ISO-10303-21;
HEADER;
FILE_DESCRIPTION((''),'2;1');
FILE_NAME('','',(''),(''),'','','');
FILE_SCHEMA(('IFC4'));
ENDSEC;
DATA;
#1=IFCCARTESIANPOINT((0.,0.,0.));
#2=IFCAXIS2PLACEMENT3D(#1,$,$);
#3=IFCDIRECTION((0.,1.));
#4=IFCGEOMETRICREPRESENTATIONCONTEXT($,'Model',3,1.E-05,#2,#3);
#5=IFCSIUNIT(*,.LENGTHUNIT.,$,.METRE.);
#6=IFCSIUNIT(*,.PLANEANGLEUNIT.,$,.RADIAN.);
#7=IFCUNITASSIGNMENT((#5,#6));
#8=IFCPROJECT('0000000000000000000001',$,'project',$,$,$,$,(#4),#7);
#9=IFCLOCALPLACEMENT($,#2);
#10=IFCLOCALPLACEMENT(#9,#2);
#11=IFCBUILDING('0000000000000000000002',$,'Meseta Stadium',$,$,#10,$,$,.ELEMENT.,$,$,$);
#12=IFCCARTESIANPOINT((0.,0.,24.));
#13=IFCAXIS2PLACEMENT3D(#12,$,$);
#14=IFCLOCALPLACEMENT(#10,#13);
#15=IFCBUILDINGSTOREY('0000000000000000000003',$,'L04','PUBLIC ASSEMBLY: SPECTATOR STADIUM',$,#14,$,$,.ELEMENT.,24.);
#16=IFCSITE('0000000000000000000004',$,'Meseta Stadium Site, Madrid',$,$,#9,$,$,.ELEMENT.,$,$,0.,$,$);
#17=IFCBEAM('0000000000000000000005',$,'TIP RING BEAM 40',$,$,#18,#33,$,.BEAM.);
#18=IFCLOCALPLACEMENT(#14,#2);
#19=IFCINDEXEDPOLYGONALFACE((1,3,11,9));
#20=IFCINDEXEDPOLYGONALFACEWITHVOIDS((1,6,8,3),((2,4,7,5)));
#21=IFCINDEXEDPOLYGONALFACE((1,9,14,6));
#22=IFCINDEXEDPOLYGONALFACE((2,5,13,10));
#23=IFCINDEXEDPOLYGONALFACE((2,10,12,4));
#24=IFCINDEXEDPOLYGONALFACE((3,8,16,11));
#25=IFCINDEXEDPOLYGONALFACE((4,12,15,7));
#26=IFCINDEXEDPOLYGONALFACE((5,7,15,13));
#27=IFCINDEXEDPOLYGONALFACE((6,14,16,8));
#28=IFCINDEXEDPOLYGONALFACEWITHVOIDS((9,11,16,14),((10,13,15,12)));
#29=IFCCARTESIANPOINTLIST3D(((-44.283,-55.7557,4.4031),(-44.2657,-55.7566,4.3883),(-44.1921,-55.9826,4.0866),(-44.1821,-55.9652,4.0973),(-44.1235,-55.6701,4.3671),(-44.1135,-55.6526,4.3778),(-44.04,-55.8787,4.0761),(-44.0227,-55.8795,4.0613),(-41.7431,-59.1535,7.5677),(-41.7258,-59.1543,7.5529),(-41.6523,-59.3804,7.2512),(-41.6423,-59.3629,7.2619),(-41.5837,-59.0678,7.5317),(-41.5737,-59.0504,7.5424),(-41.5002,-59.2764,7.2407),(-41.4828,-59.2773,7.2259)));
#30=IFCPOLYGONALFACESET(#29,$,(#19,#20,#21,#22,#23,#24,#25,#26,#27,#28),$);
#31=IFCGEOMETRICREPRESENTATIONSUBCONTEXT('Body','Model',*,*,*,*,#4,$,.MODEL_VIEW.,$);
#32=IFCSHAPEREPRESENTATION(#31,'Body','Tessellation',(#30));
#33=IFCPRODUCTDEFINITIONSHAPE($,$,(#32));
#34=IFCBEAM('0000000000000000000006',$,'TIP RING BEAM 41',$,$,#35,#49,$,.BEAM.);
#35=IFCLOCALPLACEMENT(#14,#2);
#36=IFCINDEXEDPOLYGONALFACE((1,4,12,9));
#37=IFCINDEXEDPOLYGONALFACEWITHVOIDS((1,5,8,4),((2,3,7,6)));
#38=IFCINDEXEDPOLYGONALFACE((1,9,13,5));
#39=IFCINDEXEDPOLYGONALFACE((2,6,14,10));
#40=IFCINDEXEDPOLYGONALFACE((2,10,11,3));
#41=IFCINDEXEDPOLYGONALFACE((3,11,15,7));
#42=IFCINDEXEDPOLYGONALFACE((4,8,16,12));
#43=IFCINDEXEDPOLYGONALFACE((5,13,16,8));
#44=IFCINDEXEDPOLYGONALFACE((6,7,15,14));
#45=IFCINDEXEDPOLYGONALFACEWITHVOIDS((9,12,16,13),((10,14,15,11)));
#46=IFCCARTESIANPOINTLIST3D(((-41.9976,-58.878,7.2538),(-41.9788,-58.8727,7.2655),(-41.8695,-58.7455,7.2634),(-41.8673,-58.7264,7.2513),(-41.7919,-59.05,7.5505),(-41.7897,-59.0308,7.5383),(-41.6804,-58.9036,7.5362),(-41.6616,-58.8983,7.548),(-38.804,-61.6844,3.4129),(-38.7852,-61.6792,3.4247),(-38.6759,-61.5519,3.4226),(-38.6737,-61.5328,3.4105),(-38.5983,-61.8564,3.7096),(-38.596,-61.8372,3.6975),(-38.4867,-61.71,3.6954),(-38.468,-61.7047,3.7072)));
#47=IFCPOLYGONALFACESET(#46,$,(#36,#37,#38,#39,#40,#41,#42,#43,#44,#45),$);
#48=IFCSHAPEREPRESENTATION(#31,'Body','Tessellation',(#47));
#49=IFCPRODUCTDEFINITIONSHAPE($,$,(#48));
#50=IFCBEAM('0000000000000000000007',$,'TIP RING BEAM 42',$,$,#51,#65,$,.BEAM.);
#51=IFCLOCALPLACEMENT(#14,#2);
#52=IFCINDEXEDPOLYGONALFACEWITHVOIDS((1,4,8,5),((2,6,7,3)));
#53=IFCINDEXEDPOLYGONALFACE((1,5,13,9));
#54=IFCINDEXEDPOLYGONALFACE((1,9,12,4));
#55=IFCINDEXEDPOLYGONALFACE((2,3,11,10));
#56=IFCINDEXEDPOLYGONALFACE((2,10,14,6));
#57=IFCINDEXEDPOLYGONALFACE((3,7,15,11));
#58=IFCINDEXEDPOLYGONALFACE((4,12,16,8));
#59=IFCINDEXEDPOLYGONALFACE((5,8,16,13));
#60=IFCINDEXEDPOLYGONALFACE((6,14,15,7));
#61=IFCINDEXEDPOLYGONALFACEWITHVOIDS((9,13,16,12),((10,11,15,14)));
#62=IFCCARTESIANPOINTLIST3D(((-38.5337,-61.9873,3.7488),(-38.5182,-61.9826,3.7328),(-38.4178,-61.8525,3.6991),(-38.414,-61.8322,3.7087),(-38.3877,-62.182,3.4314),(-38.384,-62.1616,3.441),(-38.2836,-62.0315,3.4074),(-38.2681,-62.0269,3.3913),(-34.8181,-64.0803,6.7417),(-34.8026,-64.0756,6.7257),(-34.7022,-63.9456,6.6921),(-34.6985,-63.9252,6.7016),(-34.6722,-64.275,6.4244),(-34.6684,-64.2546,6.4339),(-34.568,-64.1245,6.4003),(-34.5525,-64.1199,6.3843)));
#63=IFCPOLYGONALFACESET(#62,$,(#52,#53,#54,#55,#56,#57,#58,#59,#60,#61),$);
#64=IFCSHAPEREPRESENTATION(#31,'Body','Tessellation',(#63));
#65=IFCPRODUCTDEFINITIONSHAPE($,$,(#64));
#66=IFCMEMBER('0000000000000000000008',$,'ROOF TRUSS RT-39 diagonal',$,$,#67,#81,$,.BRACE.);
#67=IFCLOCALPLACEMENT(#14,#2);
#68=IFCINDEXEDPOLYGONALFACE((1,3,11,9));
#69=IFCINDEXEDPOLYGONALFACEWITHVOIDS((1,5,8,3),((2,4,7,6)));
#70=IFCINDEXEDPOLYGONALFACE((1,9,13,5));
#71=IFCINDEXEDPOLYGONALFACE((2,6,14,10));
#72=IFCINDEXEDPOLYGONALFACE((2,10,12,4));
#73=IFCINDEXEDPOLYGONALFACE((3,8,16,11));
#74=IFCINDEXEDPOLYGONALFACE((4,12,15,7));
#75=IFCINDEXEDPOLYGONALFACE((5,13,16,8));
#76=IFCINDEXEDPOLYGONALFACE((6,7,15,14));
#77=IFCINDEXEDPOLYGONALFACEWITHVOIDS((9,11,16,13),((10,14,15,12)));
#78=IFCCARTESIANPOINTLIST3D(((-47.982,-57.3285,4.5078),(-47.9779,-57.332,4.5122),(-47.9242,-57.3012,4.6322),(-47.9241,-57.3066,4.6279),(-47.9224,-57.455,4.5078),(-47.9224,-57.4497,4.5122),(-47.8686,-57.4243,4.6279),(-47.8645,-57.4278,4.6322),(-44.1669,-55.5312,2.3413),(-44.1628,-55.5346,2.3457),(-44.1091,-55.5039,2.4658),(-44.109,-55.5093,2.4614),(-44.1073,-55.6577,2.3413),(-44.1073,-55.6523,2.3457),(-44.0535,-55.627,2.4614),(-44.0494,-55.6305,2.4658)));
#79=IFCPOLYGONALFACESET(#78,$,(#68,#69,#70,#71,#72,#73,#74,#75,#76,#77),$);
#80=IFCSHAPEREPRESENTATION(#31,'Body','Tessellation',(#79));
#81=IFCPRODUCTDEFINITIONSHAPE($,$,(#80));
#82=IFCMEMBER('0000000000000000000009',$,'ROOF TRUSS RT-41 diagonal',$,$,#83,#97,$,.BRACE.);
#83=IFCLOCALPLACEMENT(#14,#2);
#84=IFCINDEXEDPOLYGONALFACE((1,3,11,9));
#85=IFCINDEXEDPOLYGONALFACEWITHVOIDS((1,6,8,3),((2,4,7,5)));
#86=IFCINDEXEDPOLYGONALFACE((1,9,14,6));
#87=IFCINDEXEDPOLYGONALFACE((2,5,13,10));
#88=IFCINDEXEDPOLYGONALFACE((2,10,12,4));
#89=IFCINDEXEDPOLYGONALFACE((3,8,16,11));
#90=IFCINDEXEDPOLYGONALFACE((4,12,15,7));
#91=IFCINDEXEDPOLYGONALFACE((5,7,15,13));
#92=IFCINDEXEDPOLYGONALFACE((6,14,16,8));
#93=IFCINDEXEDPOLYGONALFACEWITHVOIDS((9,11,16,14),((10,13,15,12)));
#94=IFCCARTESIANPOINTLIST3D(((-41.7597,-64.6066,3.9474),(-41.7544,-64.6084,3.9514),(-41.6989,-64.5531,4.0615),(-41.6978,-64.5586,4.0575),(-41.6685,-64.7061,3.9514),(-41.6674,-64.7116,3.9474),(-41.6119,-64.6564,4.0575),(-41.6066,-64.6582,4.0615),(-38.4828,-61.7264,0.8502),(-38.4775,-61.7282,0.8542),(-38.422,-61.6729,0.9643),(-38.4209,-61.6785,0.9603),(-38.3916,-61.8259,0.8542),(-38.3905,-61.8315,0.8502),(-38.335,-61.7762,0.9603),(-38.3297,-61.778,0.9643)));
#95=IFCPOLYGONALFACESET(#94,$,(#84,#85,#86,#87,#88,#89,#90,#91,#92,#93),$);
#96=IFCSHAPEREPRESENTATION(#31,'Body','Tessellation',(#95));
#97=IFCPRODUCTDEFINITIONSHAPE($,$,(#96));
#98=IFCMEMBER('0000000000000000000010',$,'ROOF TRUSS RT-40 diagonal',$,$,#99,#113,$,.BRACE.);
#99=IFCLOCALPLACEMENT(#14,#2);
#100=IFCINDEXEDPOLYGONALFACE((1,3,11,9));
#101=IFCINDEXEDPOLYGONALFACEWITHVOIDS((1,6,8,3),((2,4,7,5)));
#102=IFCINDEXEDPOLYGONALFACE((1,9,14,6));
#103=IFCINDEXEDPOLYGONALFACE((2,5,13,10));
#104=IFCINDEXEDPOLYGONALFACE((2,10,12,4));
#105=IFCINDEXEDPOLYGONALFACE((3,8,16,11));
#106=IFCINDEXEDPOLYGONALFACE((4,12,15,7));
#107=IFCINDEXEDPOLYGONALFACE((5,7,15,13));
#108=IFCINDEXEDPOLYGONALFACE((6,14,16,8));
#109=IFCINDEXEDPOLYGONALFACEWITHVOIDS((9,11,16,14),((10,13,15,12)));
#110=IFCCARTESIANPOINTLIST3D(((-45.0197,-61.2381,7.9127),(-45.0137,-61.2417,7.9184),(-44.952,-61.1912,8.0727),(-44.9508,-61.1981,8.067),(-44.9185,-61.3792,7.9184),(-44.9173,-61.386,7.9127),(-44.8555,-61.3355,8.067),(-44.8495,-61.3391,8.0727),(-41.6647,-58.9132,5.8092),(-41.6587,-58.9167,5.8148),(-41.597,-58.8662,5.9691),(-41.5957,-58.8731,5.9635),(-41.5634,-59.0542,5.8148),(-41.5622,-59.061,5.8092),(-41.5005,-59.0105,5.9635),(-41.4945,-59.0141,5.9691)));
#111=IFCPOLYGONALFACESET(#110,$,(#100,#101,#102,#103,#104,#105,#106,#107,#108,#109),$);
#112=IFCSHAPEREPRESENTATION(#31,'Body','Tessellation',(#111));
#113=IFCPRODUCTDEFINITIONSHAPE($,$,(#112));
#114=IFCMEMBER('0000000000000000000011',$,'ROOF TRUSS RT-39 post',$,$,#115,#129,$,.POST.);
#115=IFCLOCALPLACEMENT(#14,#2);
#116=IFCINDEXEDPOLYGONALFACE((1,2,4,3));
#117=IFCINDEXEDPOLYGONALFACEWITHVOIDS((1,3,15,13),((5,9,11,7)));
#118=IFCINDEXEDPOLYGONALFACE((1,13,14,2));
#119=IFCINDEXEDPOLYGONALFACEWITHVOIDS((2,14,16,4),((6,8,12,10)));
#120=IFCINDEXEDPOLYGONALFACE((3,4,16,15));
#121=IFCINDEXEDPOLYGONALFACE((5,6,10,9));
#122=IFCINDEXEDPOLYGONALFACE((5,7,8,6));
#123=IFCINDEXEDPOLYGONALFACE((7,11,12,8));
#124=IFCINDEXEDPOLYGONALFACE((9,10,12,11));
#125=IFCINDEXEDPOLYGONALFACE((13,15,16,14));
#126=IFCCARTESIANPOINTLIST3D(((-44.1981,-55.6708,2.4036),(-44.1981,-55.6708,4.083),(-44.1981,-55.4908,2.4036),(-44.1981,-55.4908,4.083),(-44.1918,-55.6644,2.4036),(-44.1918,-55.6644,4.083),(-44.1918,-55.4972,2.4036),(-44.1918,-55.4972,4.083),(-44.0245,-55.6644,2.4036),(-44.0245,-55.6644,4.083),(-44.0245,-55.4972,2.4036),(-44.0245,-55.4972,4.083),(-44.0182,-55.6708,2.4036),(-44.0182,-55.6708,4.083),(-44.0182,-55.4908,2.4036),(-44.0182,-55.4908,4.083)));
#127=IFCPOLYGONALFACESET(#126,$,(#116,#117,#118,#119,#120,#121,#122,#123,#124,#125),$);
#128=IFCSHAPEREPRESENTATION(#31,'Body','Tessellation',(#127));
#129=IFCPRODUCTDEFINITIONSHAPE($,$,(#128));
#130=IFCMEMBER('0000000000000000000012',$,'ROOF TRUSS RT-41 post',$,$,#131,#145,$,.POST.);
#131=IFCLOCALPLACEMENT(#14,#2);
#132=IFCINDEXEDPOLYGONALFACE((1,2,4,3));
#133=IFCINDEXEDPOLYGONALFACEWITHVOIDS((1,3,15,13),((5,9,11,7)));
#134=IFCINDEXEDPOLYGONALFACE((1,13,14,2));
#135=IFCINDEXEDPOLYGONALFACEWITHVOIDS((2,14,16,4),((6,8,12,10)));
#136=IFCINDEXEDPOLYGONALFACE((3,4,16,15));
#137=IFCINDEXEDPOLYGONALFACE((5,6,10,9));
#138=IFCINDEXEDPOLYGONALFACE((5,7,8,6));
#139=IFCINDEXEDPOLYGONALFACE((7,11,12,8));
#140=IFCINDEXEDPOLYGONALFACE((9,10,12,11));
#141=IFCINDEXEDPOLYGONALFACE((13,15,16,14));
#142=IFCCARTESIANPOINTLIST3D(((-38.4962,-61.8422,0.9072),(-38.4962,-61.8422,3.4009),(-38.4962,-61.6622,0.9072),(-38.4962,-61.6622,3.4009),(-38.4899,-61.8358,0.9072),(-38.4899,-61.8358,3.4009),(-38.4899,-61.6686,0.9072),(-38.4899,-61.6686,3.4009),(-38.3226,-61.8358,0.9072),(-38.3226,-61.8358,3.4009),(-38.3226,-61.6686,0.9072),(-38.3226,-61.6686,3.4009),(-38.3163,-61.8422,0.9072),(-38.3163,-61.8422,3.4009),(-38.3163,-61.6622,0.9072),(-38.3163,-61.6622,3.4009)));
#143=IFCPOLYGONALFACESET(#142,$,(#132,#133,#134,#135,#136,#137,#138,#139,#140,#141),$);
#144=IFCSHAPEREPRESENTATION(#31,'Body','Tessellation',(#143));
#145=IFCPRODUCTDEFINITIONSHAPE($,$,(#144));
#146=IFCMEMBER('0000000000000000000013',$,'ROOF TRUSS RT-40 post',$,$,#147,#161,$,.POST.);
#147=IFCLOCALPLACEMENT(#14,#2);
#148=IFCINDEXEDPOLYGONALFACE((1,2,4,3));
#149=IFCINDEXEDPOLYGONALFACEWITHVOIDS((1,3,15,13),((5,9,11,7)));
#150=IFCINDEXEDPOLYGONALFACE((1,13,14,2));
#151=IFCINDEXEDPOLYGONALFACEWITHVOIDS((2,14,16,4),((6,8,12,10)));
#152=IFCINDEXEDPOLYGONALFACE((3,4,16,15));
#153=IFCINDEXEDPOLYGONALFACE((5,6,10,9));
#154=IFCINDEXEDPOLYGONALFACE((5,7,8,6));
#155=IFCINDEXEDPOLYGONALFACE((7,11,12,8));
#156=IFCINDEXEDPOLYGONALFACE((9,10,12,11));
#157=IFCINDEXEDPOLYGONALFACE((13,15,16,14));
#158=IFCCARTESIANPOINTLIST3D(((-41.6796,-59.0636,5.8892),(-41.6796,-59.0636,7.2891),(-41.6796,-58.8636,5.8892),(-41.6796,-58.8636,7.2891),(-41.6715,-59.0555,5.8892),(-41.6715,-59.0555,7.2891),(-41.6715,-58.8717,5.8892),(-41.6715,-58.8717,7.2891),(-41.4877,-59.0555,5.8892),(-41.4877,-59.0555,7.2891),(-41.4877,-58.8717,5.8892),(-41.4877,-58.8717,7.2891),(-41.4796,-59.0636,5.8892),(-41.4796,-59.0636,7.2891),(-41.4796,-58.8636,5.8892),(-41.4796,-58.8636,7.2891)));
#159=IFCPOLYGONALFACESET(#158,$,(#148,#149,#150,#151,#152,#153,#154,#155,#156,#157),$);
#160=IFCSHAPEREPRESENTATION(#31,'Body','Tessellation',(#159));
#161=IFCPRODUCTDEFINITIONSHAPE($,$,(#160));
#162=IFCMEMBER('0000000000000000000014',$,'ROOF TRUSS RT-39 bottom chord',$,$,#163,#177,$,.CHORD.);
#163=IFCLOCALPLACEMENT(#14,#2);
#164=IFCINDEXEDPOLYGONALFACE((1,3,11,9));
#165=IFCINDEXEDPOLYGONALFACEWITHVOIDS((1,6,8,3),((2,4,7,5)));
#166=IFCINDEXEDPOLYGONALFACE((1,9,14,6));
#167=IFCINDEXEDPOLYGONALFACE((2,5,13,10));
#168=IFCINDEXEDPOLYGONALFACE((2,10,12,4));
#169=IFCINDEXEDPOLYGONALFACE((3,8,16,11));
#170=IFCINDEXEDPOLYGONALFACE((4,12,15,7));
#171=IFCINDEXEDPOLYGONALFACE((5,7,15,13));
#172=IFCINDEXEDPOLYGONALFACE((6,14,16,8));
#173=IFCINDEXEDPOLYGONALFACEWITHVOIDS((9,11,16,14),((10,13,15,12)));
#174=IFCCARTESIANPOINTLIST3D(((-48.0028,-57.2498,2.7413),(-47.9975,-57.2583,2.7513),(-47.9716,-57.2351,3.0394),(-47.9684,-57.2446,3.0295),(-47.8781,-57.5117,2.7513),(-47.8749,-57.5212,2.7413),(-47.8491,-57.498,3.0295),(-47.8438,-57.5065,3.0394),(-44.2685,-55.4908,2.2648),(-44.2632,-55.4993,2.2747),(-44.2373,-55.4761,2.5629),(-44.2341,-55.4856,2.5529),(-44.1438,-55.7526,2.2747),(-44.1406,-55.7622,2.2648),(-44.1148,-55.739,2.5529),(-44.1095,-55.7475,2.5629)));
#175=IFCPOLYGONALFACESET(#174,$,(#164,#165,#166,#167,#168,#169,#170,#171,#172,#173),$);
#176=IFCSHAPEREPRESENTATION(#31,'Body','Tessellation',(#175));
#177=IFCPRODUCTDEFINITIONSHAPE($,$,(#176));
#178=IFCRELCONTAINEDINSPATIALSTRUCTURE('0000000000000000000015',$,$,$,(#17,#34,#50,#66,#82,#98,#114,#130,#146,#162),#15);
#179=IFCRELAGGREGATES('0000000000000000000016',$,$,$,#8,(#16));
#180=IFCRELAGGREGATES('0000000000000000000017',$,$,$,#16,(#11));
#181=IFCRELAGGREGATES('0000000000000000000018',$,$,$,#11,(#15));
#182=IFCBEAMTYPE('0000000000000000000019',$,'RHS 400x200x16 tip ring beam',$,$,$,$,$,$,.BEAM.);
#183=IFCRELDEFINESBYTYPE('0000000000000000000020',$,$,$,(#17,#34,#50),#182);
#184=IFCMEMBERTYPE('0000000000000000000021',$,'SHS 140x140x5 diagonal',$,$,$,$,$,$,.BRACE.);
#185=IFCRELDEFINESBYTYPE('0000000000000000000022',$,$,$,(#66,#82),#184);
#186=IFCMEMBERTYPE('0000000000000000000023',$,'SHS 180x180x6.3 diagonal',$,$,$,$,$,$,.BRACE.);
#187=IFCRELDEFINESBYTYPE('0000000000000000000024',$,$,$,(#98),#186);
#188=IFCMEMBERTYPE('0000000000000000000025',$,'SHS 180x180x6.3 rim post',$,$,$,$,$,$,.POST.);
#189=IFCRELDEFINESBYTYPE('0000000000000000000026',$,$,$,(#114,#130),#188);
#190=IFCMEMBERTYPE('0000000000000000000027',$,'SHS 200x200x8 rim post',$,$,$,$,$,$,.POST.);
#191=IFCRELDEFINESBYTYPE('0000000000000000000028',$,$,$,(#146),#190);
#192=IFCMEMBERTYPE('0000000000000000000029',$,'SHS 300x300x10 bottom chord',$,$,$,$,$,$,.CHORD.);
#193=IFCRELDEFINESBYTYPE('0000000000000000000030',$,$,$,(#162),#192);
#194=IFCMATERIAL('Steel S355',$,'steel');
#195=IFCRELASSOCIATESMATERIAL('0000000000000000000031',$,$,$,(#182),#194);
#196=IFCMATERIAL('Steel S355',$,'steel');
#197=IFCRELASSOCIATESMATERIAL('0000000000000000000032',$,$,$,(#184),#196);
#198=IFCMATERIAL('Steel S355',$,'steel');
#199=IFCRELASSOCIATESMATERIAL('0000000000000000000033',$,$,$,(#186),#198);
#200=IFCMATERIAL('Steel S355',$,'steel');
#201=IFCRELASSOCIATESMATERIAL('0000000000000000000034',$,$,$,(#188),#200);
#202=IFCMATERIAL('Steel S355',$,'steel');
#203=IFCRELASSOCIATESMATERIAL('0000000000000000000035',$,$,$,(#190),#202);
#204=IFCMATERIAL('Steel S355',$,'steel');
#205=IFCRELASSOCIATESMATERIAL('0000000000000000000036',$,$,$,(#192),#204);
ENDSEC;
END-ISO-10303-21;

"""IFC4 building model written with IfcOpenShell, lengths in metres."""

from ifc_helpers import new_model, si_unit, direction, frame, origin, origin_2d, place, context, subcontext, project, spatial, hollow_rectangle, extrude, material, material_profile, profile_set, type_object, element, save


model = new_model("IFC4")

# Units and contexts
model_context = context("Model", 3, precision=1e-05, world=origin(), true_north=direction((0.0, 1.0)))
body_context = subcontext(model_context, "Body", "Model", "MODEL_VIEW")
ifc_project = project(units=[si_unit("LENGTHUNIT", "METRE"), si_unit("PLANEANGLEUNIT", "RADIAN")], contexts=[model_context])

# Site, building, storey
site_placement = place(None, origin())
site = spatial("IfcSite", under=ifc_project, at=site_placement, Name="Meseta Stadium Site, Madrid", CompositionType="ELEMENT", RefElevation=0.0)
building_placement = place(site_placement, origin())
building = spatial("IfcBuilding", under=site, at=building_placement, Name="Meseta Stadium", CompositionType="ELEMENT")
storey_placement = place(building_placement, frame((0.0, 0.0, 24.0)))
storey = spatial("IfcBuildingStorey", under=building, at=storey_placement, Name="L04", Description="PUBLIC ASSEMBLY: SPECTATOR STADIUM", CompositionType="ELEMENT", Elevation=24.0)

# Beams
ifc_material_1 = material(Name="Steel S355", Category="steel")
ifc_material_profile_1 = material_profile(ifc_material_1, hollow_rectangle(XDim=0.2, YDim=0.3999, WallThickness=0.0161, at=origin_2d()), Name="RHS 400x200x16")
ifc_profile_set_1 = profile_set([ifc_material_profile_1], Name="Steel S355")
beam_type = type_object("IfcBeamType", Name="RHS 400x200x16 tip ring beam", PredefinedType="BEAM", material=ifc_profile_set_1)
beam_1_placement = place(storey_placement, frame((-44.1528, -55.8176, 4.2322), z_axis=(0.479896, -0.641999, 0.597944), x_axis=(0.847397, 0.515691, -0.126415)))
element("IfcBeam", 1, at=beam_1_placement, inside=storey, type_object=beam_type, Name="TIP RING BEAM 40", PredefinedType="BEAM", context=body_context, shape_type="SweptSolid", body=[
    extrude(hollow_rectangle(XDim=0.2, YDim=0.3999, WallThickness=0.0161, at=origin_2d()), origin(), (0.0, 0.0, 1.0), 5.2925),
])
beam_2_placement = place(storey_placement, frame((-41.8296, -58.8882, 7.4009), z_axis=(0.557399, -0.489818, -0.670362), x_axis=(0.651639, 0.758429, -0.012335)))
element("IfcBeam", 2, at=beam_2_placement, inside=storey, type_object=beam_type, Name="TIP RING BEAM 41", PredefinedType="BEAM", context=body_context, shape_type="SweptSolid", body=[
    extrude(hollow_rectangle(XDim=0.2, YDim=0.3999, WallThickness=0.0161, at=origin_2d()), origin(), (0.0, 0.0, 1.0), 5.7295),
])
beam_3_placement = place(storey_placement, frame((-38.4009, -62.0071, 3.5701), z_axis=(0.713166, -0.401733, 0.57446), x_axis=(0.59846, 0.77565, -0.200531)))
element("IfcBeam", 3, at=beam_3_placement, inside=storey, type_object=beam_type, Name="TIP RING BEAM 42", PredefinedType="BEAM", context=body_context, shape_type="SweptSolid", body=[
    extrude(hollow_rectangle(XDim=0.2, YDim=0.3999, WallThickness=0.0161, at=origin_2d()), origin(), (0.0, 0.0, 1.0), 5.21),
])

# Members
ifc_material_2 = material(Name="Steel S355", Category="steel")
ifc_material_profile_2 = material_profile(ifc_material_2, hollow_rectangle(XDim=0.1399, YDim=0.1399, WallThickness=0.0049, at=origin_2d()), Name="SHS 140x140x5")
ifc_profile_set_2 = profile_set([ifc_material_profile_2], Name="Steel S355")
member_type_1 = type_object("IfcMemberType", Name="SHS 140x140x5 diagonal", PredefinedType="BRACE", material=ifc_profile_set_2)
member_1_placement = place(storey_placement, frame((-44.1082, -55.5808, 2.4036), z_axis=(-0.804671, -0.379087, 0.456943), x_axis=(0.426182, -0.904638, 0.0)))
element("IfcMember", 4, at=member_1_placement, inside=storey, type_object=member_type_1, Name="ROOF TRUSS RT-39 diagonal", PredefinedType="BRACE", context=body_context, shape_type="SweptSolid", body=[
    extrude(hollow_rectangle(XDim=0.1399, YDim=0.1399, WallThickness=0.0049, at=origin_2d()), origin(), (0.0, 0.0, 1.0), 4.7412),
])
member_2_placement = place(storey_placement, frame((-38.4062, -61.7522, 0.9072), z_axis=(-0.612466, -0.538315, 0.578881), x_axis=(0.660175, -0.751112, 0.0)))
element("IfcMember", 5, at=member_2_placement, inside=storey, type_object=member_type_1, Name="ROOF TRUSS RT-41 diagonal", PredefinedType="BRACE", context=body_context, shape_type="SweptSolid", body=[
    extrude(hollow_rectangle(XDim=0.1399, YDim=0.1399, WallThickness=0.0049, at=origin_2d()), origin(), (0.0, 0.0, 1.0), 5.3503),
])
ifc_material_3 = material(Name="Steel S355", Category="steel")
ifc_material_profile_3 = material_profile(ifc_material_3, hollow_rectangle(XDim=0.1799, YDim=0.1799, WallThickness=0.0063, at=origin_2d()), Name="SHS 180x180x6.3")
ifc_profile_set_3 = profile_set([ifc_material_profile_3], Name="Steel S355")
member_type_2 = type_object("IfcMemberType", Name="SHS 180x180x6.3 diagonal", PredefinedType="BRACE", material=ifc_profile_set_3)
member_3_placement = place(storey_placement, frame((-41.5796, -58.9636, 5.8892), z_axis=(-0.730621, -0.506309, 0.458087), x_axis=(0.569586, -0.821932, 0.0)))
element("IfcMember", 6, at=member_3_placement, inside=storey, type_object=member_type_2, Name="ROOF TRUSS RT-40 diagonal", PredefinedType="BRACE", context=body_context, shape_type="SweptSolid", body=[
    extrude(hollow_rectangle(XDim=0.1799, YDim=0.1799, WallThickness=0.0063, at=origin_2d()), origin(), (0.0, 0.0, 1.0), 4.592),
])
ifc_material_4 = material(Name="Steel S355", Category="steel")
ifc_material_profile_4 = material_profile(ifc_material_4, hollow_rectangle(XDim=0.1799, YDim=0.1799, WallThickness=0.0063, at=origin_2d()), Name="SHS 180x180x6.3")
ifc_profile_set_4 = profile_set([ifc_material_profile_4], Name="Steel S355")
member_type_3 = type_object("IfcMemberType", Name="SHS 180x180x6.3 rim post", PredefinedType="POST", material=ifc_profile_set_4)
member_4_placement = place(storey_placement, frame((-44.1082, -55.5808, 2.4036), z_axis=(0.0, 0.0, 1.0), x_axis=(1.0, 0.0, 0.0)))
element("IfcMember", 7, at=member_4_placement, inside=storey, type_object=member_type_3, Name="ROOF TRUSS RT-39 post", PredefinedType="POST", context=body_context, shape_type="SweptSolid", body=[
    extrude(hollow_rectangle(XDim=0.1799, YDim=0.1799, WallThickness=0.0063, at=origin_2d()), origin(), (0.0, 0.0, 1.0), 1.6794),
])
member_5_placement = place(storey_placement, frame((-38.4062, -61.7522, 0.9072), z_axis=(0.0, 0.0, 1.0), x_axis=(1.0, 0.0, 0.0)))
element("IfcMember", 8, at=member_5_placement, inside=storey, type_object=member_type_3, Name="ROOF TRUSS RT-41 post", PredefinedType="POST", context=body_context, shape_type="SweptSolid", body=[
    extrude(hollow_rectangle(XDim=0.1799, YDim=0.1799, WallThickness=0.0063, at=origin_2d()), origin(), (0.0, 0.0, 1.0), 2.4937),
])
ifc_material_5 = material(Name="Steel S355", Category="steel")
ifc_material_profile_5 = material_profile(ifc_material_5, hollow_rectangle(XDim=0.2, YDim=0.2, WallThickness=0.0081, at=origin_2d()), Name="SHS 200x200x8")
ifc_profile_set_5 = profile_set([ifc_material_profile_5], Name="Steel S355")
member_type_4 = type_object("IfcMemberType", Name="SHS 200x200x8 rim post", PredefinedType="POST", material=ifc_profile_set_5)
member_6_placement = place(storey_placement, frame((-41.5796, -58.9636, 5.8892), z_axis=(0.0, 0.0, 1.0), x_axis=(1.0, 0.0, 0.0)))
element("IfcMember", 9, at=member_6_placement, inside=storey, type_object=member_type_4, Name="ROOF TRUSS RT-40 post", PredefinedType="POST", context=body_context, shape_type="SweptSolid", body=[
    extrude(hollow_rectangle(XDim=0.2, YDim=0.2, WallThickness=0.0081, at=origin_2d()), origin(), (0.0, 0.0, 1.0), 1.3999),
])
ifc_material_6 = material(Name="Steel S355", Category="steel")
ifc_material_profile_6 = material_profile(ifc_material_6, hollow_rectangle(XDim=0.3, YDim=0.3, WallThickness=0.01, at=origin_2d()), Name="SHS 300x300x10")
ifc_profile_set_6 = profile_set([ifc_material_profile_6], Name="Steel S355")
member_type_5 = type_object("IfcMemberType", Name="SHS 300x300x10 bottom chord", PredefinedType="CHORD", material=ifc_profile_set_6)
member_7_placement = place(storey_placement, frame((-44.189, -55.6191, 2.4138), z_axis=(-0.898693, -0.423319, 0.114687), x_axis=(0.42613, -0.904662, 0.0)))
element("IfcMember", 10, at=member_7_placement, inside=storey, type_object=member_type_5, Name="ROOF TRUSS RT-39 bottom chord", PredefinedType="CHORD", context=body_context, shape_type="SweptSolid", body=[
    extrude(hollow_rectangle(XDim=0.3, YDim=0.3, WallThickness=0.01, at=origin_2d()), origin(), (0.0, 0.0, 1.0), 4.1553),
])

save(model, "model.ifc")
